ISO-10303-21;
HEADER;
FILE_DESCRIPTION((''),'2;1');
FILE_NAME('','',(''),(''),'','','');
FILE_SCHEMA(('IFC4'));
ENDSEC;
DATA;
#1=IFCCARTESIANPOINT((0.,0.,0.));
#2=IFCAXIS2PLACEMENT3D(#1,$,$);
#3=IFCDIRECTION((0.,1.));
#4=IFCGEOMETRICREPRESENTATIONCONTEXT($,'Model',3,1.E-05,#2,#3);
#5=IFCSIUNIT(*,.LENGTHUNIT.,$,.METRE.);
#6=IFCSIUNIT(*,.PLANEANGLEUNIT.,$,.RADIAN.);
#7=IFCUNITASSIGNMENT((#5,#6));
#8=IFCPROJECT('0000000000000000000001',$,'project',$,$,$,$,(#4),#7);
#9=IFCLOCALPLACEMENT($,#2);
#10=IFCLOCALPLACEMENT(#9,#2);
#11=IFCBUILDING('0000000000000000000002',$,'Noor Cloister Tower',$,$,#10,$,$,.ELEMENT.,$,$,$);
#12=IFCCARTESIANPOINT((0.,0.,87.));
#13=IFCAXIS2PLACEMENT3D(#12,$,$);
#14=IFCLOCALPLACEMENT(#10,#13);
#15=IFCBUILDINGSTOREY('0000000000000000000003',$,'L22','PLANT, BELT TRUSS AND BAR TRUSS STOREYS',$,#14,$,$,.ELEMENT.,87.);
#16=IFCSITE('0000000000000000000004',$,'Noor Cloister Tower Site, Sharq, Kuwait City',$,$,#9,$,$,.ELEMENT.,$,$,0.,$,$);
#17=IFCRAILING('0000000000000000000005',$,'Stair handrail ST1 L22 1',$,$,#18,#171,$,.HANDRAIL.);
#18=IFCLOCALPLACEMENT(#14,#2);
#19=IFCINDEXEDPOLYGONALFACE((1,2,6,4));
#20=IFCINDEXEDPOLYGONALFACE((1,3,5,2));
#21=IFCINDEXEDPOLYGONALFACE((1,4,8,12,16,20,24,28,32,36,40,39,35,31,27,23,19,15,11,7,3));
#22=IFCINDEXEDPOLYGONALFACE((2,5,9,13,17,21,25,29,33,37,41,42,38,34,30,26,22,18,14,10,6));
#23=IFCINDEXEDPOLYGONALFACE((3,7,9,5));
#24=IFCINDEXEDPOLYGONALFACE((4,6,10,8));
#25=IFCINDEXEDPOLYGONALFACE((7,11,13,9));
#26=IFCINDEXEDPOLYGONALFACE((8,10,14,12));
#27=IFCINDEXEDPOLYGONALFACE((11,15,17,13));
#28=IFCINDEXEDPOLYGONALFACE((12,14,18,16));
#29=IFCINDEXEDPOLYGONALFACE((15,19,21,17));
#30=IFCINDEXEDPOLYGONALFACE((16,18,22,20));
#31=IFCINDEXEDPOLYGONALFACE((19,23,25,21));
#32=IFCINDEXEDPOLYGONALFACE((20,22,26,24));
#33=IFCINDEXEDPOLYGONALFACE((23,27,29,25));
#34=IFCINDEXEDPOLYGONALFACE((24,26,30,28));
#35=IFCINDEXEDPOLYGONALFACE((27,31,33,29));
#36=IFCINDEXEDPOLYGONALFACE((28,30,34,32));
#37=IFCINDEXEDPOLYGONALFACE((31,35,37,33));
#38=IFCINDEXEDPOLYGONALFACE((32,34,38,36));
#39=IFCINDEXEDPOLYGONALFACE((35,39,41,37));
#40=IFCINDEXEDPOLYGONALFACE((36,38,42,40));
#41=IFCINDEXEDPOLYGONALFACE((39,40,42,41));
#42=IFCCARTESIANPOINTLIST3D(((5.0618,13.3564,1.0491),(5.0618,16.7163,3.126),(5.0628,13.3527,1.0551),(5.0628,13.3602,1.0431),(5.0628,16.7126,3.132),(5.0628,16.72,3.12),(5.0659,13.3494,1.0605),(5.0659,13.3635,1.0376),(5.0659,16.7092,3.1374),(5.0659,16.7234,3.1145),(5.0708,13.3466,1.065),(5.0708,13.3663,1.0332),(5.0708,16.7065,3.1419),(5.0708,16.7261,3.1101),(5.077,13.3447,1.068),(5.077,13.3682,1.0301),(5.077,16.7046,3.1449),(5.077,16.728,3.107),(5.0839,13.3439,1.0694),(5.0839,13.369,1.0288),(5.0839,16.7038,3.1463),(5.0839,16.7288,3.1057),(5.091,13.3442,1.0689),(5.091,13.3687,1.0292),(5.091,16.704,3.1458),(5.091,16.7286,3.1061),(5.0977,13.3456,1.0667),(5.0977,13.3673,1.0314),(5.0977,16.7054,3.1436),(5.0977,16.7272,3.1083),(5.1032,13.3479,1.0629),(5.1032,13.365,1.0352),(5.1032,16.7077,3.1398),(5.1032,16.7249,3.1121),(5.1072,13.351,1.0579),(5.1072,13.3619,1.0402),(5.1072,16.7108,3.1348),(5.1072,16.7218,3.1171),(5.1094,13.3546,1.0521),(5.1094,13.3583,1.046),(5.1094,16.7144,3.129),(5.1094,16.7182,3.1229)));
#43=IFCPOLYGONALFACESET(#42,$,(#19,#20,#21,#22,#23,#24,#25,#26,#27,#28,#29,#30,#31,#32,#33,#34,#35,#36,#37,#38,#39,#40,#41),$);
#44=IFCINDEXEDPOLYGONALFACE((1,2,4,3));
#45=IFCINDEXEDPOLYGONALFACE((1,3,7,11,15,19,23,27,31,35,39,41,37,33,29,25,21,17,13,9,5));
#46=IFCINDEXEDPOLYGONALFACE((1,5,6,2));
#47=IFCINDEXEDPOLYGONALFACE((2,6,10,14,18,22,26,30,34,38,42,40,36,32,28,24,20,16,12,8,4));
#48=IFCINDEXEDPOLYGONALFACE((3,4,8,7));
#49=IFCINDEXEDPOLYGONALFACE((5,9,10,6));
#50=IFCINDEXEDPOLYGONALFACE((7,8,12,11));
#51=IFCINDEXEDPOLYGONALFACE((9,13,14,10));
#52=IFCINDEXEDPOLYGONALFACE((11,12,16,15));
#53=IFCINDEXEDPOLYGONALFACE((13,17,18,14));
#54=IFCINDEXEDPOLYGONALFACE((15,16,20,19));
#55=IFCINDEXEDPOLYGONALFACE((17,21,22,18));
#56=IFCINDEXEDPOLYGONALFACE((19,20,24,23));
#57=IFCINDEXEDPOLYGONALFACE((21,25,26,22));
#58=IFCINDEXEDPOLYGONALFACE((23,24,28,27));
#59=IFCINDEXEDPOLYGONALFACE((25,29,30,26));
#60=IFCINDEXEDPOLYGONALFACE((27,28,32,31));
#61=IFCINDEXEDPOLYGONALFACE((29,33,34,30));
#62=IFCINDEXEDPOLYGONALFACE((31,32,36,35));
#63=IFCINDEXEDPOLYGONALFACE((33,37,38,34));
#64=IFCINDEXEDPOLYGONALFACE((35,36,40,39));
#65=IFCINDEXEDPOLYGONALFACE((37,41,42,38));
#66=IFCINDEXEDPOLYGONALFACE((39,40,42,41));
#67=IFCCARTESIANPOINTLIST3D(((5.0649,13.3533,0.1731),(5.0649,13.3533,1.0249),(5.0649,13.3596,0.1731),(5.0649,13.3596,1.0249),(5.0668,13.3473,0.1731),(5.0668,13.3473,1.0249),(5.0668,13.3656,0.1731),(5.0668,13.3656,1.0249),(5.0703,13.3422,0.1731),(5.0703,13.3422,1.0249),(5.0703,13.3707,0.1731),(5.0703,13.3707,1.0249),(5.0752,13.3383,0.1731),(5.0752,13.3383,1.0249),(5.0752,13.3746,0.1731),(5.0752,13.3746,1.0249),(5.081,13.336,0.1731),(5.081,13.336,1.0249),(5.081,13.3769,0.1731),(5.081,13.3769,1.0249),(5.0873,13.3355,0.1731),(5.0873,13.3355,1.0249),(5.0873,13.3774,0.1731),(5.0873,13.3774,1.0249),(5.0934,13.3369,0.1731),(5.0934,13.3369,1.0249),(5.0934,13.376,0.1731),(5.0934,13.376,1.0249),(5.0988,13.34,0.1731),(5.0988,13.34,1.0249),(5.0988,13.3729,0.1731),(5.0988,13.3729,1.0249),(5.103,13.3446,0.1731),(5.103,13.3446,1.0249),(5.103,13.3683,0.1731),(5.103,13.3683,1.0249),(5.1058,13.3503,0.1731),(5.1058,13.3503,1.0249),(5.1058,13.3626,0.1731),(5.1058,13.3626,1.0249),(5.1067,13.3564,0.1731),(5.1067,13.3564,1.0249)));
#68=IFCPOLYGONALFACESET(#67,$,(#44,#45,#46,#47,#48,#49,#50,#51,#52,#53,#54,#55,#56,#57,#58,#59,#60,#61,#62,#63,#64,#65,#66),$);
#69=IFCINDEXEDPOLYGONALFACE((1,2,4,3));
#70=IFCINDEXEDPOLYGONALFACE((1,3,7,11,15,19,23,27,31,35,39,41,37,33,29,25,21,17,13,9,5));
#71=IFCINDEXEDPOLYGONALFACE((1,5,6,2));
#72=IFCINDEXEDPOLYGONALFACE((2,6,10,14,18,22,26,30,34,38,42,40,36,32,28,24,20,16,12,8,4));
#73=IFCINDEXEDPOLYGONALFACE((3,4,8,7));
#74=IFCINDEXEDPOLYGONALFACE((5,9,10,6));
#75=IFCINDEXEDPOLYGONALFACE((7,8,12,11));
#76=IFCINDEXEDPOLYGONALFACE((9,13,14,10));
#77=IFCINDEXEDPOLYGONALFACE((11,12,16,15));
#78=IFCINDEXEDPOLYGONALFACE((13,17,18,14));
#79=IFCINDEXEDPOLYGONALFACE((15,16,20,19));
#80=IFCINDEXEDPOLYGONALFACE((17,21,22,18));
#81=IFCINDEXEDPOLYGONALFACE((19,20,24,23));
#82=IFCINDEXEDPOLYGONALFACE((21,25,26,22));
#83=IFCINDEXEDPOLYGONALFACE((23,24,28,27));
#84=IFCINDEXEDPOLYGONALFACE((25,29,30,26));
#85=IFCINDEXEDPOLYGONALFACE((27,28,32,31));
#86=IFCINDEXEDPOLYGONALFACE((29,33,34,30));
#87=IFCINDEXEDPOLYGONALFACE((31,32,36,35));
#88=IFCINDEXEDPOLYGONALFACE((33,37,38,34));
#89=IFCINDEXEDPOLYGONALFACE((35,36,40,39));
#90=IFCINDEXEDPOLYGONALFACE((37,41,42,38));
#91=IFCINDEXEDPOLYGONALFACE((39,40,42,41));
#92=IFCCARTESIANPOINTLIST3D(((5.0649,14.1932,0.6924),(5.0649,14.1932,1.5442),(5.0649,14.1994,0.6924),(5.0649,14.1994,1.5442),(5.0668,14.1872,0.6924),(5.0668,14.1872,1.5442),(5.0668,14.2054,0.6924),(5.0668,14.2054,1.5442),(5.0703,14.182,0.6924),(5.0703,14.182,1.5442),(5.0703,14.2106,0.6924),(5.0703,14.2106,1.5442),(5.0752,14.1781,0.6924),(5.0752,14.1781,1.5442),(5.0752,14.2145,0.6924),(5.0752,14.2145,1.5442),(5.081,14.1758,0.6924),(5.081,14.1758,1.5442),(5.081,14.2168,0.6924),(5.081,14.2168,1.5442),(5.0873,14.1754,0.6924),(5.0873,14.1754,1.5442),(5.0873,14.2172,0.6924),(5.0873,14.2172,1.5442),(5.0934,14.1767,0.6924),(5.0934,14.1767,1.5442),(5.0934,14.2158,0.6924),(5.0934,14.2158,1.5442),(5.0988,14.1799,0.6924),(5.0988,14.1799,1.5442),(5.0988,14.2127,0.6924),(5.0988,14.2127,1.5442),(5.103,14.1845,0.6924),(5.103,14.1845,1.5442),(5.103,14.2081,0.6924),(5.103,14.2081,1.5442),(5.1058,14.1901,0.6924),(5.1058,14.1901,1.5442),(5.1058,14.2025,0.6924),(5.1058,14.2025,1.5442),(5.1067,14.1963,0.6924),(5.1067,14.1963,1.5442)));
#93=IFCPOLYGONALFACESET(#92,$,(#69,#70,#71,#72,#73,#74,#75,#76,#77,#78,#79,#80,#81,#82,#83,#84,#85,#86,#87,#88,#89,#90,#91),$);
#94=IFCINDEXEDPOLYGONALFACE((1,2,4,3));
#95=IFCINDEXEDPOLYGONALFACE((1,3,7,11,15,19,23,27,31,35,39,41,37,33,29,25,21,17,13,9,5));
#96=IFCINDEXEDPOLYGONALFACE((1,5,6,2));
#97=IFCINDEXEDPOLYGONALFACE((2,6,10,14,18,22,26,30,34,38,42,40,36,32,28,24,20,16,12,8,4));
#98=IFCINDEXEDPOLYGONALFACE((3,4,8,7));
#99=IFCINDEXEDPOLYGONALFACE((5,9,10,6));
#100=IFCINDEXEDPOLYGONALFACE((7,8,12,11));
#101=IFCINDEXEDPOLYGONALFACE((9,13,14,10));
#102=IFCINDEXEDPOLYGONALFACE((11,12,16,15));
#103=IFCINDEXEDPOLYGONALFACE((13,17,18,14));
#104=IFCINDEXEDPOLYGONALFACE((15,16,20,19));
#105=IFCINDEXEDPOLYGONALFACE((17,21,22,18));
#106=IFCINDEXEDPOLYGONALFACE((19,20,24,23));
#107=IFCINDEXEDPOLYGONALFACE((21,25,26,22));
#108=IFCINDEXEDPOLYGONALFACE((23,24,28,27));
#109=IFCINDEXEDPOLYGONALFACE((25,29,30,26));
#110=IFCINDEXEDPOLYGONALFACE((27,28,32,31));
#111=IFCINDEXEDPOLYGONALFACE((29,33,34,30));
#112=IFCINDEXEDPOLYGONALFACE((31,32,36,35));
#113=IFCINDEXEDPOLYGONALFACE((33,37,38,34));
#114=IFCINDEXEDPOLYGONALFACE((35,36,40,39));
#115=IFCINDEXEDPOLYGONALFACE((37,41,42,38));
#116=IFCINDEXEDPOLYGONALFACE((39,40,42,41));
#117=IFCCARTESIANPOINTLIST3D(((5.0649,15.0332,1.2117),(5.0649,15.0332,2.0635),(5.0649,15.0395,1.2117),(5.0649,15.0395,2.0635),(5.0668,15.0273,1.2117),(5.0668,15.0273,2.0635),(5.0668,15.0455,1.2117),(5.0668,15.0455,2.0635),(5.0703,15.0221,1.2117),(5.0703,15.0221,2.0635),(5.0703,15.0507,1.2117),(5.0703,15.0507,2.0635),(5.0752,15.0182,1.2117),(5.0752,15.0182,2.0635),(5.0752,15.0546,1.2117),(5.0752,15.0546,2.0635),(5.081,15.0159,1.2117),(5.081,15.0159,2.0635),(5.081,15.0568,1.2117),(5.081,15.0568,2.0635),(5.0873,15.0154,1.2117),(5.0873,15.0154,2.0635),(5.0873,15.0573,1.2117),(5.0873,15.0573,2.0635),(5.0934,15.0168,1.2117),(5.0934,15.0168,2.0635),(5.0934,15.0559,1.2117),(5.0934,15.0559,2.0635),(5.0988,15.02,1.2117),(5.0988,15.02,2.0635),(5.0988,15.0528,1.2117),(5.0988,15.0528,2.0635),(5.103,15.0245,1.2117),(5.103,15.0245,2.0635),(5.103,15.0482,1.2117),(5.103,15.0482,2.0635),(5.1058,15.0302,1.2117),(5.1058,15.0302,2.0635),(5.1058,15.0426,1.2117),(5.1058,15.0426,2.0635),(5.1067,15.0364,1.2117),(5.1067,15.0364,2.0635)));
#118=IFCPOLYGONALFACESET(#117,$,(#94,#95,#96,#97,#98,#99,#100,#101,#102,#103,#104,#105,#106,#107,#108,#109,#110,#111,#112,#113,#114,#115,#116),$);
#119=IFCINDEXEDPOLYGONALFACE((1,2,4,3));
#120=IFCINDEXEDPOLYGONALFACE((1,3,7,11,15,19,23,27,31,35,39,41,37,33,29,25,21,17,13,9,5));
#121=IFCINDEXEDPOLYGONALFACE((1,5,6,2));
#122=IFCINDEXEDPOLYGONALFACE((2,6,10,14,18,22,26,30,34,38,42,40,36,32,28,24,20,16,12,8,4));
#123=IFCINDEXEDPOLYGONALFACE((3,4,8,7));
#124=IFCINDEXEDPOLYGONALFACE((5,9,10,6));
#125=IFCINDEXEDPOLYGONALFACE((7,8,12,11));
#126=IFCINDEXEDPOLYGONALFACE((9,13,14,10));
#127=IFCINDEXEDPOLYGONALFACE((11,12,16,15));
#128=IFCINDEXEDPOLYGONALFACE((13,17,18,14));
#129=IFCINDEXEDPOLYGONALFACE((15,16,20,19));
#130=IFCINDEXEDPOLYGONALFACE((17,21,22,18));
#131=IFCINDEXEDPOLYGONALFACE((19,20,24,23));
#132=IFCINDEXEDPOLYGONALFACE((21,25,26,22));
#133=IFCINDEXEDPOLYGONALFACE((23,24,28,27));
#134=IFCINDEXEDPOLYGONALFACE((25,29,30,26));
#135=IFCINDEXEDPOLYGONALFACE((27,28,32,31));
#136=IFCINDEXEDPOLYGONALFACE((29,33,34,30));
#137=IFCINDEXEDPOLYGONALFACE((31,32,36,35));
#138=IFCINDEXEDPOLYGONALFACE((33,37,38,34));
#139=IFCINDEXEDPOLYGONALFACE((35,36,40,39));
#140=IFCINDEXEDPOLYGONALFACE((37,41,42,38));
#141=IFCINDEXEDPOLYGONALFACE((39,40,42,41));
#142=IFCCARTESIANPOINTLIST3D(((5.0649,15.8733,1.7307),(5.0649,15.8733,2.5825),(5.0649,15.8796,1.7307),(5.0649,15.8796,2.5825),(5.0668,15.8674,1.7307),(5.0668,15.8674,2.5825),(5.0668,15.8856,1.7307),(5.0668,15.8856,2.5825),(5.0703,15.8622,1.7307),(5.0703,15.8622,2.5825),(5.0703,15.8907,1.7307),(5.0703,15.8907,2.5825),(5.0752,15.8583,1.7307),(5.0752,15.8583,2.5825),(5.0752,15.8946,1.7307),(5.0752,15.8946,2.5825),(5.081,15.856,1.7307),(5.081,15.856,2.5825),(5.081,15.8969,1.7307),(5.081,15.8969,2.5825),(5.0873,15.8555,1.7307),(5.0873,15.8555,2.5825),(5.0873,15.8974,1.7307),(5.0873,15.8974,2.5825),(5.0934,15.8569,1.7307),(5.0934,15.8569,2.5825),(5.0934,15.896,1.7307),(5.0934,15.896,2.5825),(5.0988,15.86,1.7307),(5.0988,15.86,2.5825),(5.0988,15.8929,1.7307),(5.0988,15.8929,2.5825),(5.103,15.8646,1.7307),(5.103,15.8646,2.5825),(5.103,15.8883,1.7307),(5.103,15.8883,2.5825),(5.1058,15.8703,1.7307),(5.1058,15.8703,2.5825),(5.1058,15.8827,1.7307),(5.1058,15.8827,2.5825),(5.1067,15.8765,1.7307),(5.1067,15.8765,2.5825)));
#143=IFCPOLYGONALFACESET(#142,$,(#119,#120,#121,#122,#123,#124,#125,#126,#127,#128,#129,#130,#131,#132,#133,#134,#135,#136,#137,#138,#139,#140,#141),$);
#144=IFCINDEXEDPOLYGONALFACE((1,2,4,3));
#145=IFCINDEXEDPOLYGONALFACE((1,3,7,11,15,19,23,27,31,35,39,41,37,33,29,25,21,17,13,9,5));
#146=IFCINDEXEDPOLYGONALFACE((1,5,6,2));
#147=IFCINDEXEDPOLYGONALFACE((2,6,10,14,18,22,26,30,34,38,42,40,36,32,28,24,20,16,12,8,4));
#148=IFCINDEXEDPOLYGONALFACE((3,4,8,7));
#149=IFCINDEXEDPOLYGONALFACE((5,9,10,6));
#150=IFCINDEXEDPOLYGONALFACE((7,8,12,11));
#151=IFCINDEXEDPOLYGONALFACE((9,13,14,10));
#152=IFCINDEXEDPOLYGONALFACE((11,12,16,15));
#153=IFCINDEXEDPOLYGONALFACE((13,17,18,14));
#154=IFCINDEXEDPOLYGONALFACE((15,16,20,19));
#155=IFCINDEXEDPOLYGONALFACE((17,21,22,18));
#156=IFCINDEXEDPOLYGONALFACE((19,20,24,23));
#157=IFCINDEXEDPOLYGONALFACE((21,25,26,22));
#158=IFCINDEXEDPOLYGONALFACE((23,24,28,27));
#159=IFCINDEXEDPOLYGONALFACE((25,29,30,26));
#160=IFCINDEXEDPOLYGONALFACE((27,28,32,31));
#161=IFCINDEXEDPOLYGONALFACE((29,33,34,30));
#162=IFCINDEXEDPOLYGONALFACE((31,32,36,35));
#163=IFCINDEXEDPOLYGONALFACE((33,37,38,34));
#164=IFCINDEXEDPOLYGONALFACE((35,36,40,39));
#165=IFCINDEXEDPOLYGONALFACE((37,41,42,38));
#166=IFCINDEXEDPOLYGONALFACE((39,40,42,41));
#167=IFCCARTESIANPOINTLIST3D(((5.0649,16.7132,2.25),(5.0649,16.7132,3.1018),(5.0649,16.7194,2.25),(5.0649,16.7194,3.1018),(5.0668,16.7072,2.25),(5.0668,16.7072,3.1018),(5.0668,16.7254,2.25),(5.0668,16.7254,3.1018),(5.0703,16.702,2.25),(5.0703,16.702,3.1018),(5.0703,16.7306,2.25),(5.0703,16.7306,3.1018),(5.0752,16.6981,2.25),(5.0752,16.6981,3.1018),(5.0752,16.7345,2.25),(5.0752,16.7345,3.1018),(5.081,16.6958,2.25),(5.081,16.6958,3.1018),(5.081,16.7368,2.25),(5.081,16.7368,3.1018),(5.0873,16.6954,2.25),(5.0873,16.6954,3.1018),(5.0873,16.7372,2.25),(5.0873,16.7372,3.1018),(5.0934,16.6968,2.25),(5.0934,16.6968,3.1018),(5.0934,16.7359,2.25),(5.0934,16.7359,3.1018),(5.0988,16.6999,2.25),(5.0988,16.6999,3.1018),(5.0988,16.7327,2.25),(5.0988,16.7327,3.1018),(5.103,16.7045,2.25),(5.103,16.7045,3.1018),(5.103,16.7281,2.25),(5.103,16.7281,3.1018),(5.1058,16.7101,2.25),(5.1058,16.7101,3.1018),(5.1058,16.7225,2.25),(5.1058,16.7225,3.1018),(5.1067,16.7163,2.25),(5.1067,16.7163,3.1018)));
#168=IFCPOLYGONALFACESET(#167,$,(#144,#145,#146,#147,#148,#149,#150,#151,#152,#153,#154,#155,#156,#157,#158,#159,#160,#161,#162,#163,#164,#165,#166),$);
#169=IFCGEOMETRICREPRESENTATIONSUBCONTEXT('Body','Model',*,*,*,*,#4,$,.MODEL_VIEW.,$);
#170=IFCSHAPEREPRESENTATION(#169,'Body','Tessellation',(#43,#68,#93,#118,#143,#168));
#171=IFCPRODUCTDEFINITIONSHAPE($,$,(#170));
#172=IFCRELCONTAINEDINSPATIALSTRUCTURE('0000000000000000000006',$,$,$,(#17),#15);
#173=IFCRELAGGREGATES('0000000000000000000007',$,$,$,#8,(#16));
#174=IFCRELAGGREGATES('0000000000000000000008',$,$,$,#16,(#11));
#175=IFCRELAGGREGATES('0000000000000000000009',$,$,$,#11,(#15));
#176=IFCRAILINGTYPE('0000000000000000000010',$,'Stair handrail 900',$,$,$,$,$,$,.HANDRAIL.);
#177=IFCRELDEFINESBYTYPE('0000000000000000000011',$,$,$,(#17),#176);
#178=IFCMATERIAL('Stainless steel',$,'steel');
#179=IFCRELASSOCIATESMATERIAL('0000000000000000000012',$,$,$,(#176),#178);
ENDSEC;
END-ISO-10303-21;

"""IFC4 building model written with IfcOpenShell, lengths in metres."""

from ifc_helpers import new_model, si_unit, direction, frame, origin, origin_2d, place, context, subcontext, project, spatial, circle, extrude, material, type_object, element, save


model = new_model("IFC4")

# Units and contexts
model_context = context("Model", 3, precision=1e-05, world=origin(), true_north=direction((0.0, 1.0)))
body_context = subcontext(model_context, "Body", "Model", "MODEL_VIEW")
ifc_project = project(units=[si_unit("LENGTHUNIT", "METRE"), si_unit("PLANEANGLEUNIT", "RADIAN")], contexts=[model_context])

# Site, building, storey
site_placement = place(None, origin())
site = spatial("IfcSite", under=ifc_project, at=site_placement, Name="Noor Cloister Tower Site, Sharq, Kuwait City", CompositionType="ELEMENT", RefElevation=0.0)
building_placement = place(site_placement, origin())
building = spatial("IfcBuilding", under=site, at=building_placement, Name="Noor Cloister Tower", CompositionType="ELEMENT")
storey_placement = place(building_placement, frame((0.0, 0.0, 87.0)))
storey = spatial("IfcBuildingStorey", under=building, at=storey_placement, Name="L22", Description="PLANT, BELT TRUSS AND BAR TRUSS STOREYS", CompositionType="ELEMENT", Elevation=87.0)

# Railing
ifc_material_1 = material(Name="Stainless steel", Category="steel")
railing_type_1 = type_object("IfcRailingType", Name="Stair handrail 900", PredefinedType="HANDRAIL", material=ifc_material_1)
railing_1_placement = place(storey_placement, frame((5.0857, 13.3564, 0.1731)))
element("IfcRailing", 1, at=railing_1_placement, inside=storey, type_object=railing_type_1, Name="Stair handrail ST1 L22 1", PredefinedType="HANDRAIL", context=body_context, shape_type="SweptSolid", body=[
    extrude(circle(Radius=0.0239, at=origin_2d()), frame((0.0, 0.0, 0.876), z_axis=(0.0, 0.850606, 0.525803), x_axis=(-1.0, 0.0, 0.0)), (0.0, 0.0, 1.0), 3.95),
    extrude(circle(Radius=0.021, at=origin_2d()), origin(), (0.0, 0.0, 1.0), 0.8518),
    extrude(circle(Radius=0.021, at=origin_2d()), frame((0.0, 0.8398, 0.5193)), (0.0, 0.0, 1.0), 0.8518),
    extrude(circle(Radius=0.021, at=origin_2d()), frame((0.0, 1.6799, 1.0386)), (0.0, 0.0, 1.0), 0.8518),
    extrude(circle(Radius=0.021, at=origin_2d()), frame((0.0, 2.52, 1.5576)), (0.0, 0.0, 1.0), 0.8518),
    extrude(circle(Radius=0.021, at=origin_2d()), frame((0.0, 3.3599, 2.0769)), (0.0, 0.0, 1.0), 0.8518),
])

save(model, "model.ifc")
